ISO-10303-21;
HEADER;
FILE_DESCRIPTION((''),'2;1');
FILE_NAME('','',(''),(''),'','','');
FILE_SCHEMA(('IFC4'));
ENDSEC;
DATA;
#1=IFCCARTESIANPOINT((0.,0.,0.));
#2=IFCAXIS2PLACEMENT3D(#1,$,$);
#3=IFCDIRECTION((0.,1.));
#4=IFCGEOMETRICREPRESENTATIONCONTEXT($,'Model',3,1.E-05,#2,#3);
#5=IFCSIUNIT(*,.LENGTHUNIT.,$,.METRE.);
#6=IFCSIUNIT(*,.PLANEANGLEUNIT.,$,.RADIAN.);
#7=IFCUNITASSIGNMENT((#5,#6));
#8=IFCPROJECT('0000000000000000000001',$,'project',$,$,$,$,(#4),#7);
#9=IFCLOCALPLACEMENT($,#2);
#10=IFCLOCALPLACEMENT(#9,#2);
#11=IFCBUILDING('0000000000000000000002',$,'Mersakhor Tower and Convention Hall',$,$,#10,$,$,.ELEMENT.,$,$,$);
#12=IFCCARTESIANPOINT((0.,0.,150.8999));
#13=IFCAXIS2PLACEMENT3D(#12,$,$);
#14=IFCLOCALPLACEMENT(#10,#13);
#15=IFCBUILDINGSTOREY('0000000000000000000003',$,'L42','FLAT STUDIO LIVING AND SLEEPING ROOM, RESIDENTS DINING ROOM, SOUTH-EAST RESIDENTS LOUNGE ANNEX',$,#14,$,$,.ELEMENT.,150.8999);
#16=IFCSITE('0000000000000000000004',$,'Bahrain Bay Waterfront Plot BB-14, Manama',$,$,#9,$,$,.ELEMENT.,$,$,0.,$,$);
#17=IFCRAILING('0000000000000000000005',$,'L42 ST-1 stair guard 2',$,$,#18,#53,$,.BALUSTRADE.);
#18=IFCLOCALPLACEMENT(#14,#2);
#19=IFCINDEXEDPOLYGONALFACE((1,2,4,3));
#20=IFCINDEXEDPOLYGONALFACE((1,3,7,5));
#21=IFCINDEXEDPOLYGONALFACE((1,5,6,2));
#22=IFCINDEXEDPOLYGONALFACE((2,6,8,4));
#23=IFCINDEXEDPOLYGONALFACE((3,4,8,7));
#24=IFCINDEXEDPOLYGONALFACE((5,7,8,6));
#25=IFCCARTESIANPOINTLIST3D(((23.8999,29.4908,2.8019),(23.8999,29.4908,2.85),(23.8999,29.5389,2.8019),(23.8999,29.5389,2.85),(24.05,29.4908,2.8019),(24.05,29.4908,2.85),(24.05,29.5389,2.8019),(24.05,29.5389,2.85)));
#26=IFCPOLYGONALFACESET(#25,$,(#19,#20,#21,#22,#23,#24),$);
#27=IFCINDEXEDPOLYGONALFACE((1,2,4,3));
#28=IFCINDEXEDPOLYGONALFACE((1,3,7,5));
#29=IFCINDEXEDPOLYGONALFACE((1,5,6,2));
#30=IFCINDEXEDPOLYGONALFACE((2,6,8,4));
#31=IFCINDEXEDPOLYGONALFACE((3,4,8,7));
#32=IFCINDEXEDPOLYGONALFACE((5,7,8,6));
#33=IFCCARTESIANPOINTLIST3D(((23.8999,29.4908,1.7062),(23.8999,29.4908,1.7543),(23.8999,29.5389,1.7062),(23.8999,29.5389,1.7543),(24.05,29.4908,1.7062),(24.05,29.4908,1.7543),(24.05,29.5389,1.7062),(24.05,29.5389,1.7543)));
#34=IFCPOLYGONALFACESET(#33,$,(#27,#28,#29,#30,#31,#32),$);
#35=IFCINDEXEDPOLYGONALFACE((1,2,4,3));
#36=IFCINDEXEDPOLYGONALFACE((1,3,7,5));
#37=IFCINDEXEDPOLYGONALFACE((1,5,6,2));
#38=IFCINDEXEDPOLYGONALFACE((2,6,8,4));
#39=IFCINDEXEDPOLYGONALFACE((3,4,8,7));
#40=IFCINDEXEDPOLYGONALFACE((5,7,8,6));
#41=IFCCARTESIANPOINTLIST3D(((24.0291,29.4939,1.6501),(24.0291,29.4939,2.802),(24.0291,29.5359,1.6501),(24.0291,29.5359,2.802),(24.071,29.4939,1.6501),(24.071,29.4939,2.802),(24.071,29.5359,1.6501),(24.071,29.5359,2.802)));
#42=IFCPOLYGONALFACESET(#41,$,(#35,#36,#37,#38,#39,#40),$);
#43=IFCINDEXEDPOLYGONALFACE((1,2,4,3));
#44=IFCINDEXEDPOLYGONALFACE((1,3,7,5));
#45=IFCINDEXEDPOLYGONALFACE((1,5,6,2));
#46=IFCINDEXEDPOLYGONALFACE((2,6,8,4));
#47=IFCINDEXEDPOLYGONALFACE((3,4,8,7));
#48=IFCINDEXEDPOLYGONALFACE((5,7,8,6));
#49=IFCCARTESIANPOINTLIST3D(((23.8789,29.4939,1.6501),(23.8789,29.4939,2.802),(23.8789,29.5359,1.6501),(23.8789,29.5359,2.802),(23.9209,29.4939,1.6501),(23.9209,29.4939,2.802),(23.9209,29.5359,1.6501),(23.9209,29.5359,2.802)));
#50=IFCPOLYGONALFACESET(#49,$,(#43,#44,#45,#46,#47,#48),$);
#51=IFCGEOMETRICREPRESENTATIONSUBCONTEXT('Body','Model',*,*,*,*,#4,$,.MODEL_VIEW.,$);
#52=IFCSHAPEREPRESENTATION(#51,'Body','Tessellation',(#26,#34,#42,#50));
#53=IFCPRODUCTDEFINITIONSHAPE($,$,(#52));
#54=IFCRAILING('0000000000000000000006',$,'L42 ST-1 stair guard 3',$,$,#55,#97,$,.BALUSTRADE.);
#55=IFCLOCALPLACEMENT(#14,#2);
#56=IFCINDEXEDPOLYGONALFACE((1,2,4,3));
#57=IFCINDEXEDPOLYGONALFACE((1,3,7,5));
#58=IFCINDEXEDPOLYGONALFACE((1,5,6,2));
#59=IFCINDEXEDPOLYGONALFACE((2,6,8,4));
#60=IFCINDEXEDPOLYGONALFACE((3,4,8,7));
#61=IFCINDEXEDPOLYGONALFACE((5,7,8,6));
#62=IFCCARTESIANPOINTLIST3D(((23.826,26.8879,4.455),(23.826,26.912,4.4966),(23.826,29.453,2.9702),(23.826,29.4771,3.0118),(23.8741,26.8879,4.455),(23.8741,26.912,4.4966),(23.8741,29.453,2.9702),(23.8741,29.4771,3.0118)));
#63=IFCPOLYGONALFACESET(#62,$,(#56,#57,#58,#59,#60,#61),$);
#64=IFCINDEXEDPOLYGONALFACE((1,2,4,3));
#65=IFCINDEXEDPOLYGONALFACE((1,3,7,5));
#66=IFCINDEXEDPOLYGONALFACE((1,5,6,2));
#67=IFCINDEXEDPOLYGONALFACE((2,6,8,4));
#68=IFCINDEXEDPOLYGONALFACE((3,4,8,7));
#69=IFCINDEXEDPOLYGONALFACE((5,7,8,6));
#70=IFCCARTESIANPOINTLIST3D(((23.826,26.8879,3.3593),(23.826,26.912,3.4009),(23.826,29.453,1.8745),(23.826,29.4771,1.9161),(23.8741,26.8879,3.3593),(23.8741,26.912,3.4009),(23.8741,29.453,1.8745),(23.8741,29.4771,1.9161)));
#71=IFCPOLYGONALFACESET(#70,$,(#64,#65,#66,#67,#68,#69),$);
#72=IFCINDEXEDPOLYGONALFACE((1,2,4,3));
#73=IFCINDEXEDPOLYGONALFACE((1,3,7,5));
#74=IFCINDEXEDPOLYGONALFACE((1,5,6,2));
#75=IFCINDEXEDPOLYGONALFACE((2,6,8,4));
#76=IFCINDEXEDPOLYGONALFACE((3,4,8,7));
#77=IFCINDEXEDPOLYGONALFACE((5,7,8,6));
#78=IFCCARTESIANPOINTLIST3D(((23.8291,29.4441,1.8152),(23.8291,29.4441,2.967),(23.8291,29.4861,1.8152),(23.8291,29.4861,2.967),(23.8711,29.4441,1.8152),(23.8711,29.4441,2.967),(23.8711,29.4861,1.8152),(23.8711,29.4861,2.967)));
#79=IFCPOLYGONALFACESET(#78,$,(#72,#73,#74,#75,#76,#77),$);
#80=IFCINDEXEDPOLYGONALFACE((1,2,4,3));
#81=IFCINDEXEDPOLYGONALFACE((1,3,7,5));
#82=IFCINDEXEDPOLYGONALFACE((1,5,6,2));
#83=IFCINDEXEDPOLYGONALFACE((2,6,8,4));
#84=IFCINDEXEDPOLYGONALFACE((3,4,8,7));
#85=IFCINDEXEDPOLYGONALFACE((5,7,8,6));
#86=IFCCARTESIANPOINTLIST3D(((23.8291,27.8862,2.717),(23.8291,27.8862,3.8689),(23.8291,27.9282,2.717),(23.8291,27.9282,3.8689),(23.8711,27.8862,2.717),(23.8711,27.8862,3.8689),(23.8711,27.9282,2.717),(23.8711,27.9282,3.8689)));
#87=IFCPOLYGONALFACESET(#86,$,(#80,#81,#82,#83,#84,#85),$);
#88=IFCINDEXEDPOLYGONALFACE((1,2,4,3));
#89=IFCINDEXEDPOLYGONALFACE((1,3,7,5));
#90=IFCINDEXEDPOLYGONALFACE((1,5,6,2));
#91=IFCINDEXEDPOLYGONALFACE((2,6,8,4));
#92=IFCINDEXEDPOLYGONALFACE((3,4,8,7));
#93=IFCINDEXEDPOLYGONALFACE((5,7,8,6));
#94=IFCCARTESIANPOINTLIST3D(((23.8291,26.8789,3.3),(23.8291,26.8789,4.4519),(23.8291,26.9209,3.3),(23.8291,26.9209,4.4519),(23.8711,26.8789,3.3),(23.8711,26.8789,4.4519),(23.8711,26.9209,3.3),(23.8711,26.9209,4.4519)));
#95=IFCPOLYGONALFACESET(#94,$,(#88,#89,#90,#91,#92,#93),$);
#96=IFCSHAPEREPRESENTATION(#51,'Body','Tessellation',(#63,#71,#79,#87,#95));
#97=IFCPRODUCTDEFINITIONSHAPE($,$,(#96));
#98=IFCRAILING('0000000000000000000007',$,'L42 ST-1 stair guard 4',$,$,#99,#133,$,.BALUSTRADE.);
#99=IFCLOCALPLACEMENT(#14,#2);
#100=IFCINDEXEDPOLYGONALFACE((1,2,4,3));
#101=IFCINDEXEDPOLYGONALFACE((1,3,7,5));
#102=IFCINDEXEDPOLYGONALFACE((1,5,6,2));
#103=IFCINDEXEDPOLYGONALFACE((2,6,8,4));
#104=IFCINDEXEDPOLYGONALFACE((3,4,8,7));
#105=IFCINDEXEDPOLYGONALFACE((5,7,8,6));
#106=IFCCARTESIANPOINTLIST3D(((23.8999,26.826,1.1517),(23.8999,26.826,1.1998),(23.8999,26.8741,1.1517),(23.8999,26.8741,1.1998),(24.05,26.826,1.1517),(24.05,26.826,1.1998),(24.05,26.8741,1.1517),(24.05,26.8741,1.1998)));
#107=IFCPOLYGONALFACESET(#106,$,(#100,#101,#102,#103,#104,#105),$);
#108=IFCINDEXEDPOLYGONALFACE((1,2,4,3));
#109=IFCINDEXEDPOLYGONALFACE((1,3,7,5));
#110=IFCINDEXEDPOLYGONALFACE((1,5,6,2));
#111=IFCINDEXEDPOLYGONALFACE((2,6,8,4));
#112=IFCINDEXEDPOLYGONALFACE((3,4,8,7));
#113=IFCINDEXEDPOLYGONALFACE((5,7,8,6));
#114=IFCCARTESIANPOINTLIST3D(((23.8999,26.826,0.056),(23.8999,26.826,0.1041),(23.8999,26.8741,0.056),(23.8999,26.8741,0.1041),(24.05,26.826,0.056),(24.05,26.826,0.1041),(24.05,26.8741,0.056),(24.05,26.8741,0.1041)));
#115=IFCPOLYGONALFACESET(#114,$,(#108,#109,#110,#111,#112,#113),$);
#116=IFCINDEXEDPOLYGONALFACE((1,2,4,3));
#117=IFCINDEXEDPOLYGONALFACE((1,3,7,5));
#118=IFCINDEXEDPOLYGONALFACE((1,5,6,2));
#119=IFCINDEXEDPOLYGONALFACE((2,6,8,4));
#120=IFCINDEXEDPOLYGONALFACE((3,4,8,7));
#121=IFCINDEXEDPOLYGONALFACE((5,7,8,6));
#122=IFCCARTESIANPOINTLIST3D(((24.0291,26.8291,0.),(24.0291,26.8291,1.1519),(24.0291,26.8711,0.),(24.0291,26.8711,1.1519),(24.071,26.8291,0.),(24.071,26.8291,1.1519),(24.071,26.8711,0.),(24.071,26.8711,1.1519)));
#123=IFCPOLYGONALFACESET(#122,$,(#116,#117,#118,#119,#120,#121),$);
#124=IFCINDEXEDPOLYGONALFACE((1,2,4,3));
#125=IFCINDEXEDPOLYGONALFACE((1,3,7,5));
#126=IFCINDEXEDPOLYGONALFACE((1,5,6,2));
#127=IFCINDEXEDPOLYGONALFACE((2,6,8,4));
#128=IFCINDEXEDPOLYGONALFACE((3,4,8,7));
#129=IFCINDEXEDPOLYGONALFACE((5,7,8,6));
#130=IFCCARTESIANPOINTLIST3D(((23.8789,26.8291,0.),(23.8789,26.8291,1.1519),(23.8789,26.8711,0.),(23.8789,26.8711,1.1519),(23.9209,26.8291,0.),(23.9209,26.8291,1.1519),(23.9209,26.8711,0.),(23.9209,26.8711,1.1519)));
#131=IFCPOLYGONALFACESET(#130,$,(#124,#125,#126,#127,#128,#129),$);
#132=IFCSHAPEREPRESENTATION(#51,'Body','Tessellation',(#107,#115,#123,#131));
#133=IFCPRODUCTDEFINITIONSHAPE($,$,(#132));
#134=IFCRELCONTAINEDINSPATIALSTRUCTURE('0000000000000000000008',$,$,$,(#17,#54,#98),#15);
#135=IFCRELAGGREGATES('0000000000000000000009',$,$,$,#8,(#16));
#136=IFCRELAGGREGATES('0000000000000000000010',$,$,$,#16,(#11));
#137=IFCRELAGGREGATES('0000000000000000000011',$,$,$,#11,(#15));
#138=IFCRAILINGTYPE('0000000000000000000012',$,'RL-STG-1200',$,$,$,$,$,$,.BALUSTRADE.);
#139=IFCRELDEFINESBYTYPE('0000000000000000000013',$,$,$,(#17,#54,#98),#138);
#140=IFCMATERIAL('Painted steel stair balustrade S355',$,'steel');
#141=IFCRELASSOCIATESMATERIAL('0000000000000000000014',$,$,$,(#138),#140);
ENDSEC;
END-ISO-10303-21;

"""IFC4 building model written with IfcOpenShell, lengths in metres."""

from ifc_helpers import new_model, si_unit, direction, frame, origin, origin_2d, place, context, subcontext, project, spatial, rectangle, extrude, material, type_object, element, save


model = new_model("IFC4")

# Units and contexts
model_context = context("Model", 3, precision=1e-05, world=origin(), true_north=direction((0.0, 1.0)))
body_context = subcontext(model_context, "Body", "Model", "MODEL_VIEW")
ifc_project = project(units=[si_unit("LENGTHUNIT", "METRE"), si_unit("PLANEANGLEUNIT", "RADIAN")], contexts=[model_context])

# Site, building, storey
site_placement = place(None, origin())
site = spatial("IfcSite", under=ifc_project, at=site_placement, Name="Bahrain Bay Waterfront Plot BB-14, Manama", CompositionType="ELEMENT", RefElevation=0.0)
building_placement = place(site_placement, origin())
building = spatial("IfcBuilding", under=site, at=building_placement, Name="Mersakhor Tower and Convention Hall", CompositionType="ELEMENT")
storey_placement = place(building_placement, frame((0.0, 0.0, 150.8999)))
storey = spatial("IfcBuildingStorey", under=building, at=storey_placement, Name="L42", Description="FLAT STUDIO LIVING AND SLEEPING ROOM, RESIDENTS DINING ROOM, SOUTH-EAST RESIDENTS LOUNGE ANNEX", CompositionType="ELEMENT", Elevation=150.8999)

# Railings
ifc_material_1 = material(Name="Painted steel stair balustrade S355", Category="steel")
railing_type_1 = type_object("IfcRailingType", Name="RL-STG-1200", PredefinedType="BALUSTRADE", material=ifc_material_1)
railing_1_placement = place(storey_placement, frame((24.05, 29.5149, 1.6501)))
element("IfcRailing", 1, at=railing_1_placement, inside=storey, type_object=railing_type_1, Name="L42 ST-1 stair guard 2", PredefinedType="BALUSTRADE", context=body_context, shape_type="SweptSolid", body=[
    extrude(rectangle(XDim=0.0481, YDim=0.0481, at=origin_2d()), frame((0.0, 0.0, 1.1758), z_axis=(-1.0, 0.0, 0.0), x_axis=(0.0, -1.0, 0.0)), (0.0, 0.0, 1.0), 0.1501),
    extrude(rectangle(XDim=0.0481, YDim=0.0481, at=origin_2d()), frame((0.0, 0.0, 0.0801), z_axis=(-1.0, 0.0, 0.0), x_axis=(0.0, -1.0, 0.0)), (0.0, 0.0, 1.0), 0.1501),
    extrude(rectangle(XDim=0.042, YDim=0.042, at=origin_2d()), origin(), (0.0, 0.0, 1.0), 1.1519),
    extrude(rectangle(XDim=0.042, YDim=0.042, at=origin_2d()), frame((-0.1501, 0.0, 0.0)), (0.0, 0.0, 1.0), 1.1519),
])
railing_2_placement = place(storey_placement, frame((23.8501, 29.4651, 1.8152)))
element("IfcRailing", 2, at=railing_2_placement, inside=storey, type_object=railing_type_1, Name="L42 ST-1 stair guard 3", PredefinedType="BALUSTRADE", context=body_context, shape_type="SweptSolid", body=[
    extrude(rectangle(XDim=0.0481, YDim=0.0481, at=origin_2d()), frame((0.0, 0.0, 1.1758), z_axis=(0.0, -0.865462, 0.500975), x_axis=(1.0, 0.0, 0.0)), (0.0, 0.0, 1.0), 2.9639),
    extrude(rectangle(XDim=0.0481, YDim=0.0481, at=origin_2d()), frame((0.0, 0.0, 0.0801), z_axis=(0.0, -0.865462, 0.500975), x_axis=(1.0, 0.0, 0.0)), (0.0, 0.0, 1.0), 2.9639),
    extrude(rectangle(XDim=0.042, YDim=0.042, at=origin_2d()), origin(), (0.0, 0.0, 1.0), 1.1519),
    extrude(rectangle(XDim=0.042, YDim=0.042, at=origin_2d()), frame((0.0, -1.5579, 0.9019)), (0.0, 0.0, 1.0), 1.1519),
    extrude(rectangle(XDim=0.042, YDim=0.042, at=origin_2d()), frame((0.0, -2.5652, 1.4849)), (0.0, 0.0, 1.0), 1.1519),
])
railing_3_placement = place(storey_placement, frame((24.05, 26.8501, 0.0)))
element("IfcRailing", 3, at=railing_3_placement, inside=storey, type_object=railing_type_1, Name="L42 ST-1 stair guard 4", PredefinedType="BALUSTRADE", context=body_context, shape_type="SweptSolid", body=[
    extrude(rectangle(XDim=0.0481, YDim=0.0481, at=origin_2d()), frame((0.0, 0.0, 1.1758), z_axis=(-1.0, 0.0, 0.0), x_axis=(0.0, -1.0, 0.0)), (0.0, 0.0, 1.0), 0.1501),
    extrude(rectangle(XDim=0.0481, YDim=0.0481, at=origin_2d()), frame((0.0, 0.0, 0.0801), z_axis=(-1.0, 0.0, 0.0), x_axis=(0.0, -1.0, 0.0)), (0.0, 0.0, 1.0), 0.1501),
    extrude(rectangle(XDim=0.042, YDim=0.042, at=origin_2d()), origin(), (0.0, 0.0, 1.0), 1.1519),
    extrude(rectangle(XDim=0.042, YDim=0.042, at=origin_2d()), frame((-0.1501, 0.0, 0.0)), (0.0, 0.0, 1.0), 1.1519),
])

save(model, "model.ifc")
